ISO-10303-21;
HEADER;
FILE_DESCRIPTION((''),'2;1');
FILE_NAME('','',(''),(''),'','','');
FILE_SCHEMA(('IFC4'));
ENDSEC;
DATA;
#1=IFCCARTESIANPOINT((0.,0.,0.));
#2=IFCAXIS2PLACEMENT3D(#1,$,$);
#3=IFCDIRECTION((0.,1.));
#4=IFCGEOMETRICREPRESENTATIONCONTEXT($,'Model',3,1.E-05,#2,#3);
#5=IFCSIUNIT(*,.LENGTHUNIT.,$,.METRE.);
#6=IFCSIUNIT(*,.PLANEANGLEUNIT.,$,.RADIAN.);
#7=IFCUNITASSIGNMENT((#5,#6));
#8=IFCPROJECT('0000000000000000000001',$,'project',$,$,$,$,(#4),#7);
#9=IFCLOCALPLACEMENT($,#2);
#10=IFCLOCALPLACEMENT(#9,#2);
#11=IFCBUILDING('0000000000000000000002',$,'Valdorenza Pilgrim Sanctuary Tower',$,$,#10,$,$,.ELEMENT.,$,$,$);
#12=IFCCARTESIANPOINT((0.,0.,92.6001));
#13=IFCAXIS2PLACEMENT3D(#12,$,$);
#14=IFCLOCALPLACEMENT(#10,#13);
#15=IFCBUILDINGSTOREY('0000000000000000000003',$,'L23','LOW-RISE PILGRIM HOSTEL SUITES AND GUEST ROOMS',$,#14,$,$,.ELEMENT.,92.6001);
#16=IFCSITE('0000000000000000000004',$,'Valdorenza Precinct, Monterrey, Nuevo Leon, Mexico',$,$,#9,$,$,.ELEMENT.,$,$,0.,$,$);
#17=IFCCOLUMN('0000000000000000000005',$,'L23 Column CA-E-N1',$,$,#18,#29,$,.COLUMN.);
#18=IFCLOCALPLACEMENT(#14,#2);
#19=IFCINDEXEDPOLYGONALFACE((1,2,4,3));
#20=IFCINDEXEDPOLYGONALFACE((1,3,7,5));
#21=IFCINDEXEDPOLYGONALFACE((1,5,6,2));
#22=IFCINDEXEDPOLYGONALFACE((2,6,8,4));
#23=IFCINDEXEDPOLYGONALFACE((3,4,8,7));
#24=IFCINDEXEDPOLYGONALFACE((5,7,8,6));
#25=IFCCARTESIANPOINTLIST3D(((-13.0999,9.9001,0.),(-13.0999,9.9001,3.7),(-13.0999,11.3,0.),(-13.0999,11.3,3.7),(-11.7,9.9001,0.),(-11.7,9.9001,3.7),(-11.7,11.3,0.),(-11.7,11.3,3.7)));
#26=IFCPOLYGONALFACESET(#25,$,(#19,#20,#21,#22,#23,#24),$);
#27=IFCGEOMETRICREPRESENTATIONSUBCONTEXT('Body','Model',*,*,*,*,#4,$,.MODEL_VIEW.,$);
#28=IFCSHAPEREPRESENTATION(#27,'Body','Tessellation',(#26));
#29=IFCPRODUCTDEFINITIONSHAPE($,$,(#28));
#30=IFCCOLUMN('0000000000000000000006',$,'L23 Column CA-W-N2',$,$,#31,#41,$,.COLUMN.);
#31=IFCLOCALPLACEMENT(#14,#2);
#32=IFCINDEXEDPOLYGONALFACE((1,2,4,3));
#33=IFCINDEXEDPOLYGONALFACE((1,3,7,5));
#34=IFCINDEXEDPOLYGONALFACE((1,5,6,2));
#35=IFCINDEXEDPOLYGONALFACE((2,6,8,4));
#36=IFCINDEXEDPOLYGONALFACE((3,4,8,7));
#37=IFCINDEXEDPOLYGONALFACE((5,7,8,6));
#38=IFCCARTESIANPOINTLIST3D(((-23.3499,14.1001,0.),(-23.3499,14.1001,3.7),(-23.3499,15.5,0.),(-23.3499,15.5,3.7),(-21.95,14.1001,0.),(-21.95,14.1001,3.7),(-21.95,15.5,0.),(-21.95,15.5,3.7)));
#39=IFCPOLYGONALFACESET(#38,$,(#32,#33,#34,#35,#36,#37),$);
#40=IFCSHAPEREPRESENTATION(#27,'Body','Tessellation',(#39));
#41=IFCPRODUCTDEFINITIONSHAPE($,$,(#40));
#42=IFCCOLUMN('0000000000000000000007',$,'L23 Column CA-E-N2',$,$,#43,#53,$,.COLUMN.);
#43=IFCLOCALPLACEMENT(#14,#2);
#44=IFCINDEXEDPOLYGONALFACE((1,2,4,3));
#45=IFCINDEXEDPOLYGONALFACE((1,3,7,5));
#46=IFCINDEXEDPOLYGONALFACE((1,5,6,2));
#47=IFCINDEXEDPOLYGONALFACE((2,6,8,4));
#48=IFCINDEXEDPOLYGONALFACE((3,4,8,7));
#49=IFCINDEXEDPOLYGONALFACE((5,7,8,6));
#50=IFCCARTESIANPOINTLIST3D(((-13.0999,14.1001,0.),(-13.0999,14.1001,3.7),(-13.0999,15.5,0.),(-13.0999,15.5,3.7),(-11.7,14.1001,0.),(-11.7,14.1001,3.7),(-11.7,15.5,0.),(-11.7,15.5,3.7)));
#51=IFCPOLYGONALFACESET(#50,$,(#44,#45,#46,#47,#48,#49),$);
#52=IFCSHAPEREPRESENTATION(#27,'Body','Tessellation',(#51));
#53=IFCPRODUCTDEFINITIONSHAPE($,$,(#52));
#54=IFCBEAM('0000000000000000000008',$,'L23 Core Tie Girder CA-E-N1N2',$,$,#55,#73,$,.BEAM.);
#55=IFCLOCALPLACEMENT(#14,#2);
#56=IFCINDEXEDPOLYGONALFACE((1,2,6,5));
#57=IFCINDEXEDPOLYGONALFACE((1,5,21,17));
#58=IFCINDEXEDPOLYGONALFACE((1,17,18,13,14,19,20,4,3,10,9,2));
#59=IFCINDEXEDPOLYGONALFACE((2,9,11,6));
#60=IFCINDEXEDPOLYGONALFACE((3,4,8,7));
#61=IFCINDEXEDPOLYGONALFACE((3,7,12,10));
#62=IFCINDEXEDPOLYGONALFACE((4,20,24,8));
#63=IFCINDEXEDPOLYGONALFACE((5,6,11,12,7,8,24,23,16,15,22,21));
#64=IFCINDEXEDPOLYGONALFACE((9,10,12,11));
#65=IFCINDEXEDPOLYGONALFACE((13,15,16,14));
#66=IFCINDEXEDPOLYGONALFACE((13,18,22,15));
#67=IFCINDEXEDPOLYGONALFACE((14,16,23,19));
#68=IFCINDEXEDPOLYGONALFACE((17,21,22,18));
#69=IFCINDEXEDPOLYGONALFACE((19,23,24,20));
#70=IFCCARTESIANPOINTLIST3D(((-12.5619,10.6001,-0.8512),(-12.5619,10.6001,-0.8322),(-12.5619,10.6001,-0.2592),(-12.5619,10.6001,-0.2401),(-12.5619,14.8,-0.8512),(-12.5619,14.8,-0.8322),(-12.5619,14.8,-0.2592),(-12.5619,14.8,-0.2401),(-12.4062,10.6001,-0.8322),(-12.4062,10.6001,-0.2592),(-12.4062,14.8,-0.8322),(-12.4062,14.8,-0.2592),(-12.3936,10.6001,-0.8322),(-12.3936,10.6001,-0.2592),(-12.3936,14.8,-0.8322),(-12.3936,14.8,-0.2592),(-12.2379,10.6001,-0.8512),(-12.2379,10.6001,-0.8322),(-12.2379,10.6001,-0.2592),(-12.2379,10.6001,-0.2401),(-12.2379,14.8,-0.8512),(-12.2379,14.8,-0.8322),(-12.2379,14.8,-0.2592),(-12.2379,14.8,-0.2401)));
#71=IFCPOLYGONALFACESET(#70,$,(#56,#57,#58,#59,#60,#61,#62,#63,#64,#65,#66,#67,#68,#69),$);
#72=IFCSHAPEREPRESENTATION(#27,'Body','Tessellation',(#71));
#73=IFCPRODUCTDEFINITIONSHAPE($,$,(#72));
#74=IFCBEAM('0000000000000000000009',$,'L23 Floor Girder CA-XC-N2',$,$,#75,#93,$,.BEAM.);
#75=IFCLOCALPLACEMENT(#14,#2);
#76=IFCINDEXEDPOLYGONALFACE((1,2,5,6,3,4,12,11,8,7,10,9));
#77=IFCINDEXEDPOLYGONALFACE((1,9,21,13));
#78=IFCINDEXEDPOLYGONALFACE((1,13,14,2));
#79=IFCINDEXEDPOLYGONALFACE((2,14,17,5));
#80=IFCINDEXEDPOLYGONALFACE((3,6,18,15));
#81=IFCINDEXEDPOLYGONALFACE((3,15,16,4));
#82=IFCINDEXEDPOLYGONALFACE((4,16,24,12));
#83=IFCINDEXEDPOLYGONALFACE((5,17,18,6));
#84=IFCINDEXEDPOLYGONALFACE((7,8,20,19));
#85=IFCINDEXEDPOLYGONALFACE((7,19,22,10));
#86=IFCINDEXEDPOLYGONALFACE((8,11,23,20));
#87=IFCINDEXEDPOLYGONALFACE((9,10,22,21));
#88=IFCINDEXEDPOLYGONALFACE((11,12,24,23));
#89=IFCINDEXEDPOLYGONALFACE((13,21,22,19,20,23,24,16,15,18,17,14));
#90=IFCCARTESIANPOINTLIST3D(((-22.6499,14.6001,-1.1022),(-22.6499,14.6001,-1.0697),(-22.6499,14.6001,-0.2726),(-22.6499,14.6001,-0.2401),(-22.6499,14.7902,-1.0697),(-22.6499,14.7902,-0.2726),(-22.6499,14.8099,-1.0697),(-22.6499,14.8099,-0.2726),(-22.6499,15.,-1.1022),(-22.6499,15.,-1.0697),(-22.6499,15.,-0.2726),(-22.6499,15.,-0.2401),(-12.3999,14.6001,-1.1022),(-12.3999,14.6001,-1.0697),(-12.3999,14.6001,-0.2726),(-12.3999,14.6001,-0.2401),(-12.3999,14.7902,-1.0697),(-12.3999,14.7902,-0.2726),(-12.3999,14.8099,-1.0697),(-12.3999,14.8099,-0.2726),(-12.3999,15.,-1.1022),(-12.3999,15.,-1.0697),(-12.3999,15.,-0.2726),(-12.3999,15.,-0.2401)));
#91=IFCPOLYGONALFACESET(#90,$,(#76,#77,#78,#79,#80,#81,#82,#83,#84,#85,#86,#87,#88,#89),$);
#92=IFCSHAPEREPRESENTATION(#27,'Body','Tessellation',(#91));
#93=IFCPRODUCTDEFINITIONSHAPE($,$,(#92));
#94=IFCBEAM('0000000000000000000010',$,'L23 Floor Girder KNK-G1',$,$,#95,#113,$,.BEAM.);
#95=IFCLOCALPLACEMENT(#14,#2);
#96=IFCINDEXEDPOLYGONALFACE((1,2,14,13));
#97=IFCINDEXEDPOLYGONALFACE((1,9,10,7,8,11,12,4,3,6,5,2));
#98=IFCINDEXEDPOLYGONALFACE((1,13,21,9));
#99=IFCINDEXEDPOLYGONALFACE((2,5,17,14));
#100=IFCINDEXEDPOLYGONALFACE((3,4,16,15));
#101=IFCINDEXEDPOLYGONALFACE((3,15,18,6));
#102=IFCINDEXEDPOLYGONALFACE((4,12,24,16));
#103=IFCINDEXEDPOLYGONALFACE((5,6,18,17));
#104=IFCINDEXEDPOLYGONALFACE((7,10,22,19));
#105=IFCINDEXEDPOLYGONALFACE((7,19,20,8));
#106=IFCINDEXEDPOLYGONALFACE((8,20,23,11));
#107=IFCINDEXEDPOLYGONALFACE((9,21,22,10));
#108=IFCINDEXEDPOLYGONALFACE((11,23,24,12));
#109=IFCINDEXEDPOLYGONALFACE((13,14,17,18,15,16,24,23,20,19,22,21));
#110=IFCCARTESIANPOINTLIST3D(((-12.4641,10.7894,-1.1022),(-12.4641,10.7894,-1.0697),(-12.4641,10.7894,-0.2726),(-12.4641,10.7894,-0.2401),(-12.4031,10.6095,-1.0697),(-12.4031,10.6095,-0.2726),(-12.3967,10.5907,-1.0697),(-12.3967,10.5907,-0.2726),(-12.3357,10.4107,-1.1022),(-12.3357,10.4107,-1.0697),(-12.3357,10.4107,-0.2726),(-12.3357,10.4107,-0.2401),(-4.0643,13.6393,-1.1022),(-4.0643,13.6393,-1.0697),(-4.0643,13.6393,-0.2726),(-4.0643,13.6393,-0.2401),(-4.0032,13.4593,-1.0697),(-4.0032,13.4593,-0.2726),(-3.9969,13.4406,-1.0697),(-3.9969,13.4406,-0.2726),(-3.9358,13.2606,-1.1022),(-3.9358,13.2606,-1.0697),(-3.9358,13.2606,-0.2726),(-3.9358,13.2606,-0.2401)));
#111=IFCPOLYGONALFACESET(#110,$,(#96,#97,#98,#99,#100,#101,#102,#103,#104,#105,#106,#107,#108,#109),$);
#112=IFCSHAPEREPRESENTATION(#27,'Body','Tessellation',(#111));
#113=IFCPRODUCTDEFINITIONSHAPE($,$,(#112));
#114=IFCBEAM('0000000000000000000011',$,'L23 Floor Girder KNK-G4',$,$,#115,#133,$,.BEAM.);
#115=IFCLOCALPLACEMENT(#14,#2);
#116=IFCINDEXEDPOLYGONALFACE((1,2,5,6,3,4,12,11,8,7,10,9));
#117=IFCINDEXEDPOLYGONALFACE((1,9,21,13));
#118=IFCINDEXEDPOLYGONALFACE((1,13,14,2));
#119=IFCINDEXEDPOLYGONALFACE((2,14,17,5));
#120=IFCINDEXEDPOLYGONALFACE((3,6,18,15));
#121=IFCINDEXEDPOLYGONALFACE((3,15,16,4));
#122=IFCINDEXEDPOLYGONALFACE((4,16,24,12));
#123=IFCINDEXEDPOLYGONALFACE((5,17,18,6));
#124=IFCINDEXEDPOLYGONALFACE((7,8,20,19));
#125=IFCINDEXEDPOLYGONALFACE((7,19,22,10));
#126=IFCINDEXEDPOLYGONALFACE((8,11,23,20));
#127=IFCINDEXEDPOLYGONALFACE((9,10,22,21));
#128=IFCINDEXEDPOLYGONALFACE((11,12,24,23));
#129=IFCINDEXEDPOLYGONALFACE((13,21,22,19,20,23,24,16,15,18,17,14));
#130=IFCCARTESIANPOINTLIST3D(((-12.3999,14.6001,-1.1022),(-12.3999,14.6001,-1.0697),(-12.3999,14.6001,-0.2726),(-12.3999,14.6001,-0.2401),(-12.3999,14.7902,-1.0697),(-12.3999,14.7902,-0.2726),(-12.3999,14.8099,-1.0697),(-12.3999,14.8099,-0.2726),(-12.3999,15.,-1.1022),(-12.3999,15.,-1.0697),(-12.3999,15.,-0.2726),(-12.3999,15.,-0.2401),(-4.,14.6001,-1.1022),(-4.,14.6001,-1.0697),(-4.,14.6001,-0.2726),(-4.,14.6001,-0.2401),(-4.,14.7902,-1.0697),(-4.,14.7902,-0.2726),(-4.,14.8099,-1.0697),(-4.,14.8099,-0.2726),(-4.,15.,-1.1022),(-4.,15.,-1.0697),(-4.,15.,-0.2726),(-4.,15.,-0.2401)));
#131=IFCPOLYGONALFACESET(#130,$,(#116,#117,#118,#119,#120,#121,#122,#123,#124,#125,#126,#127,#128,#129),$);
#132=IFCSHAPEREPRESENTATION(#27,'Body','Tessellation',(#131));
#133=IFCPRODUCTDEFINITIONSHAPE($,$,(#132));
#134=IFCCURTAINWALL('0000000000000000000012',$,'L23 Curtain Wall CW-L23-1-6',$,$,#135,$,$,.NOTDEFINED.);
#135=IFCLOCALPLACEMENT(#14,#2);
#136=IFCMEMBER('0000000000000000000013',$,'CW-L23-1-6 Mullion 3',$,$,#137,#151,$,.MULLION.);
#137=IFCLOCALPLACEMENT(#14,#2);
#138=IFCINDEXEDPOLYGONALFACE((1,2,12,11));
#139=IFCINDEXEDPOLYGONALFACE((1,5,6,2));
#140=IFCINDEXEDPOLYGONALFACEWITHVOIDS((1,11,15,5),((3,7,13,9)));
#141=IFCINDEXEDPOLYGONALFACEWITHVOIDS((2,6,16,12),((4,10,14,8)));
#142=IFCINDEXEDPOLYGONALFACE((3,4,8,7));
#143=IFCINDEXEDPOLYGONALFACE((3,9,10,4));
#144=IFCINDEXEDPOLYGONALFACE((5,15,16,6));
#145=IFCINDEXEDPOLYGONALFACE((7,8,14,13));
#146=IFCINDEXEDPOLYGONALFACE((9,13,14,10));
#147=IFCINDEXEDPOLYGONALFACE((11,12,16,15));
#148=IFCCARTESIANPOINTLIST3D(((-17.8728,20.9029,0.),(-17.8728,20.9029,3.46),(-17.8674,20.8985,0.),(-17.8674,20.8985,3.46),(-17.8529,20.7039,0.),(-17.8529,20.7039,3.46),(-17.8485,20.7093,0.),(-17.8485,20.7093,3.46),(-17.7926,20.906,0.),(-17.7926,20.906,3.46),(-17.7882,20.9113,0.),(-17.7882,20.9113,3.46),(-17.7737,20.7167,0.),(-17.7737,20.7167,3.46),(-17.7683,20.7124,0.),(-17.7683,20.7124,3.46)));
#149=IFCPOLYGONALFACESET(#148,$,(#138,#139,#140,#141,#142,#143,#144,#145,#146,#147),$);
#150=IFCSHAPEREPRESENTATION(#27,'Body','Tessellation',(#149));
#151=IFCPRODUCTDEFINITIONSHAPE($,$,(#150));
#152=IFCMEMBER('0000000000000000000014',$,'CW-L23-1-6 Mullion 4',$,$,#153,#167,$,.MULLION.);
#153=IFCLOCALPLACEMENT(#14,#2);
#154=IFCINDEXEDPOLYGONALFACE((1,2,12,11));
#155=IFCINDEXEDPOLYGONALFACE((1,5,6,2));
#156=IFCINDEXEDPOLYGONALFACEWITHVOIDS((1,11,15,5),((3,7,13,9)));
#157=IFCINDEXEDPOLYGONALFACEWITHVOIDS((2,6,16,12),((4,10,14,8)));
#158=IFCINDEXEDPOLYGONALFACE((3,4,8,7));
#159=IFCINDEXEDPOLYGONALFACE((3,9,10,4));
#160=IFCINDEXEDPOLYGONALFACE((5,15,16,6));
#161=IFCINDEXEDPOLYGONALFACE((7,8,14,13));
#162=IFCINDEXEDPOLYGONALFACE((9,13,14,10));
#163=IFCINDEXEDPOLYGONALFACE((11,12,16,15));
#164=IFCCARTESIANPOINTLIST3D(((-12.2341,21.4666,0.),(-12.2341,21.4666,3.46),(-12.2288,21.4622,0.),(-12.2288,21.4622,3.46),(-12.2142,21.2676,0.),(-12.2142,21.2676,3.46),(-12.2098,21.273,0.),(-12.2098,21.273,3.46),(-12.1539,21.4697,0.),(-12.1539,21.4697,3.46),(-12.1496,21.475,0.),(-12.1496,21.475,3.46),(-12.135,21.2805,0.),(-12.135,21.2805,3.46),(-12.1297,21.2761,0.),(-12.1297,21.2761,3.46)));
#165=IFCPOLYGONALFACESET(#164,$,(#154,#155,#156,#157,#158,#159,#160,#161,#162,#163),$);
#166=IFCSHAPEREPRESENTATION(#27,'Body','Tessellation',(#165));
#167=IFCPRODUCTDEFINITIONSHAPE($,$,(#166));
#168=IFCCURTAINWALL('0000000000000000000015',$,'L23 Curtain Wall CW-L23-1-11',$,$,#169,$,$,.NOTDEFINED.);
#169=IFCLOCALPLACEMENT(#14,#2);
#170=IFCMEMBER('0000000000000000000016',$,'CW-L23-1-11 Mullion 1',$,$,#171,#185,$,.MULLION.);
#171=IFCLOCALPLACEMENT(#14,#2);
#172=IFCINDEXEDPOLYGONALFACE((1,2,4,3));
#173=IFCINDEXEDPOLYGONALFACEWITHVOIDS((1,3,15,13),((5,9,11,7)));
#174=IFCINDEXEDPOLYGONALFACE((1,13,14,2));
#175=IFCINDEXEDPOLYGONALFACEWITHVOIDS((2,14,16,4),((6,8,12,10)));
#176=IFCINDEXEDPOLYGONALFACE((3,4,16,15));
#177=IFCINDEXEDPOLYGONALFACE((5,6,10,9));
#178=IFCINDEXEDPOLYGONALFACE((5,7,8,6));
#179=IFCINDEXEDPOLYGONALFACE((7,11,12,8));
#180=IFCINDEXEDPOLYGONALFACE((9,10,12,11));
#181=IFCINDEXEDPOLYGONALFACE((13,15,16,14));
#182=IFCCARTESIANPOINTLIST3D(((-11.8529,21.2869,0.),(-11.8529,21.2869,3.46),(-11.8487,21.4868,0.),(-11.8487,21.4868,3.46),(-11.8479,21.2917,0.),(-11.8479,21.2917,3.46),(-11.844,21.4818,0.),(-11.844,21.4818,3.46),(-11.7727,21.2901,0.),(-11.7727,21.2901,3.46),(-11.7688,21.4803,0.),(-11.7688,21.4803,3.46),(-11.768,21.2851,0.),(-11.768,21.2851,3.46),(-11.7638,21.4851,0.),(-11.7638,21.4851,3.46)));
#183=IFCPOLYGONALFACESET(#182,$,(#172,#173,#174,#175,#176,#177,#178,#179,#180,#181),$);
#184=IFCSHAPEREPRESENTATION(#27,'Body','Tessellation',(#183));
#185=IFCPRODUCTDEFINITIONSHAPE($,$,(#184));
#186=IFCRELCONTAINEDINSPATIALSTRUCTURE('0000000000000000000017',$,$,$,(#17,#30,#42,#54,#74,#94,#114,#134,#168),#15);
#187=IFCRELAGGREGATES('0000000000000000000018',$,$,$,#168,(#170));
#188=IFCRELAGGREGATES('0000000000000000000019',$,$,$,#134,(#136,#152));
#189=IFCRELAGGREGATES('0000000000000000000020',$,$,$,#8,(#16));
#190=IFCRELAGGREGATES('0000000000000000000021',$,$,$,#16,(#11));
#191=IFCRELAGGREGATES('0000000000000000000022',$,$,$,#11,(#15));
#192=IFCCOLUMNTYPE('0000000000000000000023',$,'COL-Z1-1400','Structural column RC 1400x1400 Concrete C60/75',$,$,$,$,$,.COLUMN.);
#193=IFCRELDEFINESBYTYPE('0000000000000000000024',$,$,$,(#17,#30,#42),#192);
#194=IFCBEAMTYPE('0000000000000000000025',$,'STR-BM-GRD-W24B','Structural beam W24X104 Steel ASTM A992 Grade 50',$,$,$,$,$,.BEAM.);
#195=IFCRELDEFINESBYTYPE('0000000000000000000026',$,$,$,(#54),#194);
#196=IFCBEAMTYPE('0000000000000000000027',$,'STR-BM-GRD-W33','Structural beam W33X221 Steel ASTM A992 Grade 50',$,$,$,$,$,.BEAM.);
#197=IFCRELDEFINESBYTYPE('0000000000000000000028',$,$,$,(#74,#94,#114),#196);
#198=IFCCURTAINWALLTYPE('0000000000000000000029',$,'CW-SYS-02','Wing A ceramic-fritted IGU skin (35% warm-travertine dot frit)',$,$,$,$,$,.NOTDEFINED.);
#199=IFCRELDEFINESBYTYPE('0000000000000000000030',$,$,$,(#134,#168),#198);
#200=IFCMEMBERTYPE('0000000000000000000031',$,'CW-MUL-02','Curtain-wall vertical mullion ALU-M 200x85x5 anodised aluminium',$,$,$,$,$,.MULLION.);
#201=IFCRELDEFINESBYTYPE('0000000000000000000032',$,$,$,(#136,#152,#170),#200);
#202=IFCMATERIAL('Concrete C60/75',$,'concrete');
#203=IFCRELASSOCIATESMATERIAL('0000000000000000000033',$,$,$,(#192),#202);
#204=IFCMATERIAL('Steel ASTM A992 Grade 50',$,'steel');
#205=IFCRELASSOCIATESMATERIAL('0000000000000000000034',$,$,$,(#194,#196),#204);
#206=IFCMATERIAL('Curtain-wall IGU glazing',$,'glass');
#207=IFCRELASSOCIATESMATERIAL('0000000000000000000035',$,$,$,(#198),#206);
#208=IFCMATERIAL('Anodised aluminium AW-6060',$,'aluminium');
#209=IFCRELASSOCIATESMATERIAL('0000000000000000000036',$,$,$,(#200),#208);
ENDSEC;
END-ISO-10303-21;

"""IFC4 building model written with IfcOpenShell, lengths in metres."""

from ifc_helpers import new_model, si_unit, direction, frame, origin, origin_2d, place, context, subcontext, project, spatial, rectangle, hollow_rectangle, i_section, extrude, source, transform, mapped, material, material_profile, profile_set, type_object, element, aggregate, save


model = new_model("IFC4")

# Units and contexts
model_context = context("Model", 3, precision=1e-05, world=origin(), true_north=direction((0.0, 1.0)))
body_context = subcontext(model_context, "Body", "Model", "MODEL_VIEW")
ifc_project = project(units=[si_unit("LENGTHUNIT", "METRE"), si_unit("PLANEANGLEUNIT", "RADIAN")], contexts=[model_context])

# Site, building, storey
site_placement = place(None, origin())
site = spatial("IfcSite", under=ifc_project, at=site_placement, Name="Valdorenza Precinct, Monterrey, Nuevo Leon, Mexico", CompositionType="ELEMENT", RefElevation=0.0)
building_placement = place(site_placement, origin())
building = spatial("IfcBuilding", under=site, at=building_placement, Name="Valdorenza Pilgrim Sanctuary Tower", CompositionType="ELEMENT")
storey_placement = place(building_placement, frame((0.0, 0.0, 92.6001)))
storey = spatial("IfcBuildingStorey", under=building, at=storey_placement, Name="L23", Description="LOW-RISE PILGRIM HOSTEL SUITES AND GUEST ROOMS", CompositionType="ELEMENT", Elevation=92.6001)

# Columns
ifc_material_1 = material(Name="Concrete C60/75", Category="concrete")
ifc_material_profile_1 = material_profile(ifc_material_1, rectangle(XDim=1.3999, YDim=1.3999, at=origin_2d()), Name="RC 1400x1400")
ifc_profile_set_1 = profile_set([ifc_material_profile_1], Name="Concrete C60/75")
column_type = type_object("IfcColumnType", Name="COL-Z1-1400", Description="Structural column RC 1400x1400 Concrete C60/75", PredefinedType="COLUMN", material=ifc_profile_set_1)
shared_shape_1 = source(origin(), body_context, "Body", "SweptSolid", [
    extrude(rectangle(XDim=1.3999, YDim=1.3999, at=origin_2d()), origin(), (0.0, 0.0, 1.0), 3.7),
])
for number, where, z_axis, x_axis, name in (
    (1, (-12.3999, 10.6001, 0.0), (0.0, 0.0, 1.0), (1.0, 0.0, 0.0), "L23 Column CA-E-N1"),
    (2, (-22.6499, 14.8, 0.0), (0.0, 0.0, 1.0), (1.0, 0.0, 0.0), "L23 Column CA-W-N2"),
    (3, (-12.3999, 14.8, 0.0), (0.0, 0.0, 1.0), (1.0, 0.0, 0.0), "L23 Column CA-E-N2"),
):
    element("IfcColumn", number, at=place(storey_placement, frame(where, z_axis=z_axis, x_axis=x_axis)), inside=storey, type_object=column_type, Name=name, PredefinedType="COLUMN", context=body_context, shape_type="MappedRepresentation", body=[
        mapped(shared_shape_1, transform((0.0, 0.0, 0.0), x_axis=(1.0, 0.0, 0.0), y_axis=(0.0, 1.0, 0.0), z_axis=(0.0, 0.0, 1.0), scale=1.0)),
    ])

# Beams
ifc_material_2 = material(Name="Steel ASTM A992 Grade 50", Category="steel")
ifc_material_profile_2 = material_profile(ifc_material_2, i_section(OverallWidth=0.324, OverallDepth=0.6111, WebThickness=0.0127, FlangeThickness=0.019, at=origin_2d()), Name="W24X104")
ifc_profile_set_2 = profile_set([ifc_material_profile_2], Name="Steel ASTM A992 Grade 50")
beam_type_1 = type_object("IfcBeamType", Name="STR-BM-GRD-W24B", Description="Structural beam W24X104 Steel ASTM A992 Grade 50", PredefinedType="BEAM", material=ifc_profile_set_2)
shared_shape_2 = source(origin(), body_context, "Body", "SweptSolid", [
    extrude(i_section(OverallWidth=0.324, OverallDepth=0.6111, WebThickness=0.0127, FlangeThickness=0.019, at=origin_2d()), origin(), (0.0, 0.0, 1.0), 4.2),
])
beam_1_placement = place(storey_placement, frame((-12.3999, 10.6001, -0.5457), z_axis=(0.0, 1.0, 0.0), x_axis=(-1.0, 0.0, 0.0)))
element("IfcBeam", 4, at=beam_1_placement, inside=storey, type_object=beam_type_1, Name="L23 Core Tie Girder CA-E-N1N2", PredefinedType="BEAM", context=body_context, shape_type="MappedRepresentation", body=[
    mapped(shared_shape_2, transform((0.0, 0.0, 0.0), x_axis=(1.0, 0.0, 0.0), y_axis=(0.0, 1.0, 0.0), z_axis=(0.0, 0.0, 1.0), scale=1.0)),
])
ifc_material_profile_3 = material_profile(ifc_material_2, i_section(OverallWidth=0.3999, OverallDepth=0.8621, WebThickness=0.0198, FlangeThickness=0.0325, at=origin_2d()), Name="W33X221")
ifc_profile_set_3 = profile_set([ifc_material_profile_3], Name="Steel ASTM A992 Grade 50")
beam_type_2 = type_object("IfcBeamType", Name="STR-BM-GRD-W33", Description="Structural beam W33X221 Steel ASTM A992 Grade 50", PredefinedType="BEAM", material=ifc_profile_set_3)
shared_shape_3 = source(origin(), body_context, "Body", "SweptSolid", [
    extrude(i_section(OverallWidth=0.3999, OverallDepth=0.8621, WebThickness=0.0198, FlangeThickness=0.0325, at=origin_2d()), origin(), (0.0, 0.0, 1.0), 10.25),
])
beam_2_placement = place(storey_placement, frame((-22.6499, 14.8, -0.6711), z_axis=(1.0, 0.0, 0.0), x_axis=(0.0, 1.0, 0.0)))
element("IfcBeam", 5, at=beam_2_placement, inside=storey, type_object=beam_type_2, Name="L23 Floor Girder CA-XC-N2", PredefinedType="BEAM", context=body_context, shape_type="MappedRepresentation", body=[
    mapped(shared_shape_3, transform((0.0, 0.0, 0.0), x_axis=(1.0, 0.0, 0.0), y_axis=(0.0, 1.0, 0.0), z_axis=(0.0, 0.0, 1.0), scale=1.0)),
])
shared_shape_4 = source(origin(), body_context, "Body", "SweptSolid", [
    extrude(i_section(OverallWidth=0.3999, OverallDepth=0.8621, WebThickness=0.0198, FlangeThickness=0.0325, at=origin_2d()), origin(), (0.0, 0.0, 1.0), 8.8701),
])
beam_3_placement = place(storey_placement, frame((-12.3999, 10.6001, -0.6711), z_axis=(0.946983, 0.321285, 0.0), x_axis=(-0.321285, 0.946983, 0.0)))
element("IfcBeam", 6, at=beam_3_placement, inside=storey, type_object=beam_type_2, Name="L23 Floor Girder KNK-G1", PredefinedType="BEAM", context=body_context, shape_type="MappedRepresentation", body=[
    mapped(shared_shape_4, transform((0.0, 0.0, 0.0), x_axis=(1.0, 0.0, 0.0), y_axis=(0.0, 1.0, 0.0), z_axis=(0.0, 0.0, 1.0), scale=1.0)),
])
shared_shape_5 = source(origin(), body_context, "Body", "SweptSolid", [
    extrude(i_section(OverallWidth=0.3999, OverallDepth=0.8621, WebThickness=0.0198, FlangeThickness=0.0325, at=origin_2d()), origin(), (0.0, 0.0, 1.0), 8.3999),
])
beam_4_placement = place(storey_placement, frame((-12.3999, 14.8, -0.6711), z_axis=(1.0, 0.0, 0.0), x_axis=(0.0, 1.0, 0.0)))
element("IfcBeam", 7, at=beam_4_placement, inside=storey, type_object=beam_type_2, Name="L23 Floor Girder KNK-G4", PredefinedType="BEAM", context=body_context, shape_type="MappedRepresentation", body=[
    mapped(shared_shape_5, transform((0.0, 0.0, 0.0), x_axis=(1.0, 0.0, 0.0), y_axis=(0.0, 1.0, 0.0), z_axis=(0.0, 0.0, 1.0), scale=1.0)),
])

# Curtain walls, members
ifc_material_3 = material(Name="Curtain-wall IGU glazing", Category="glass")
curtain_wall_type = type_object("IfcCurtainWallType", Name="CW-SYS-02", Description="Wing A ceramic-fritted IGU skin (35% warm-travertine dot frit)", PredefinedType="NOTDEFINED", material=ifc_material_3)
curtain_wall_1_placement = place(storey_placement, origin())
curtain_wall_1 = element("IfcCurtainWall", 8, at=curtain_wall_1_placement, inside=storey, type_object=curtain_wall_type, Name="L23 Curtain Wall CW-L23-1-6", PredefinedType="NOTDEFINED")
ifc_material_4 = material(Name="Anodised aluminium AW-6060", Category="aluminium")
ifc_material_profile_4 = material_profile(ifc_material_4, hollow_rectangle(XDim=0.085, YDim=0.2, WallThickness=0.0049, at=origin_2d()), Name="ALU-M 200x85x5")
ifc_profile_set_4 = profile_set([ifc_material_profile_4], Name="Anodised aluminium AW-6060")
member_type_1 = type_object("IfcMemberType", Name="CW-MUL-02", Description="Curtain-wall vertical mullion ALU-M 200x85x5 anodised aluminium", PredefinedType="MULLION", material=ifc_profile_set_4)
shared_shape_6 = source(origin(), body_context, "Body", "SweptSolid", [
    extrude(hollow_rectangle(XDim=0.085, YDim=0.2, WallThickness=0.0049, at=origin_2d()), origin(), (0.0, 0.0, 1.0), 3.46),
])
member_1_placement = place(storey_placement, frame((-17.8206, 20.8076, 0.0), z_axis=(0.0, 0.0, 1.0), x_axis=(0.995038, 0.099493, 0.0)))
member_1 = element("IfcMember", 9, at=member_1_placement, type_object=member_type_1, Name="CW-L23-1-6 Mullion 3", PredefinedType="MULLION", context=body_context, shape_type="MappedRepresentation", body=[
    mapped(shared_shape_6, transform((0.0, 0.0, 0.0), x_axis=(1.0, 0.0, 0.0), y_axis=(0.0, 1.0, 0.0), z_axis=(0.0, 0.0, 1.0), scale=1.0)),
])
member_2_placement = place(storey_placement, frame((-12.1819, 21.3713, 0.0), z_axis=(0.0, 0.0, 1.0), x_axis=(0.995038, 0.099493, 0.0)))
member_2 = element("IfcMember", 10, at=member_2_placement, type_object=member_type_1, Name="CW-L23-1-6 Mullion 4", PredefinedType="MULLION", context=body_context, shape_type="MappedRepresentation", body=[
    mapped(shared_shape_6, transform((0.0, 0.0, 0.0), x_axis=(1.0, 0.0, 0.0), y_axis=(0.0, 1.0, 0.0), z_axis=(0.0, 0.0, 1.0), scale=1.0)),
])
curtain_wall_2_placement = place(storey_placement, origin())
curtain_wall_2 = element("IfcCurtainWall", 11, at=curtain_wall_2_placement, inside=storey, type_object=curtain_wall_type, Name="L23 Curtain Wall CW-L23-1-11", PredefinedType="NOTDEFINED")
member_3_placement = place(storey_placement, frame((-11.8083, 21.386, 0.0), z_axis=(0.0, 0.0, 1.0), x_axis=(0.999783, -0.02082, 0.0)))
member_3 = element("IfcMember", 12, at=member_3_placement, type_object=member_type_1, Name="CW-L23-1-11 Mullion 1", PredefinedType="MULLION", context=body_context, shape_type="MappedRepresentation", body=[
    mapped(shared_shape_6, transform((0.0, 0.0, 0.0), x_axis=(1.0, 0.0, 0.0), y_axis=(0.0, 1.0, 0.0), z_axis=(0.0, 0.0, 1.0), scale=1.0)),
])
aggregate(curtain_wall_2, [member_3])

aggregate(curtain_wall_1, [member_1, member_2])

save(model, "model.ifc")
